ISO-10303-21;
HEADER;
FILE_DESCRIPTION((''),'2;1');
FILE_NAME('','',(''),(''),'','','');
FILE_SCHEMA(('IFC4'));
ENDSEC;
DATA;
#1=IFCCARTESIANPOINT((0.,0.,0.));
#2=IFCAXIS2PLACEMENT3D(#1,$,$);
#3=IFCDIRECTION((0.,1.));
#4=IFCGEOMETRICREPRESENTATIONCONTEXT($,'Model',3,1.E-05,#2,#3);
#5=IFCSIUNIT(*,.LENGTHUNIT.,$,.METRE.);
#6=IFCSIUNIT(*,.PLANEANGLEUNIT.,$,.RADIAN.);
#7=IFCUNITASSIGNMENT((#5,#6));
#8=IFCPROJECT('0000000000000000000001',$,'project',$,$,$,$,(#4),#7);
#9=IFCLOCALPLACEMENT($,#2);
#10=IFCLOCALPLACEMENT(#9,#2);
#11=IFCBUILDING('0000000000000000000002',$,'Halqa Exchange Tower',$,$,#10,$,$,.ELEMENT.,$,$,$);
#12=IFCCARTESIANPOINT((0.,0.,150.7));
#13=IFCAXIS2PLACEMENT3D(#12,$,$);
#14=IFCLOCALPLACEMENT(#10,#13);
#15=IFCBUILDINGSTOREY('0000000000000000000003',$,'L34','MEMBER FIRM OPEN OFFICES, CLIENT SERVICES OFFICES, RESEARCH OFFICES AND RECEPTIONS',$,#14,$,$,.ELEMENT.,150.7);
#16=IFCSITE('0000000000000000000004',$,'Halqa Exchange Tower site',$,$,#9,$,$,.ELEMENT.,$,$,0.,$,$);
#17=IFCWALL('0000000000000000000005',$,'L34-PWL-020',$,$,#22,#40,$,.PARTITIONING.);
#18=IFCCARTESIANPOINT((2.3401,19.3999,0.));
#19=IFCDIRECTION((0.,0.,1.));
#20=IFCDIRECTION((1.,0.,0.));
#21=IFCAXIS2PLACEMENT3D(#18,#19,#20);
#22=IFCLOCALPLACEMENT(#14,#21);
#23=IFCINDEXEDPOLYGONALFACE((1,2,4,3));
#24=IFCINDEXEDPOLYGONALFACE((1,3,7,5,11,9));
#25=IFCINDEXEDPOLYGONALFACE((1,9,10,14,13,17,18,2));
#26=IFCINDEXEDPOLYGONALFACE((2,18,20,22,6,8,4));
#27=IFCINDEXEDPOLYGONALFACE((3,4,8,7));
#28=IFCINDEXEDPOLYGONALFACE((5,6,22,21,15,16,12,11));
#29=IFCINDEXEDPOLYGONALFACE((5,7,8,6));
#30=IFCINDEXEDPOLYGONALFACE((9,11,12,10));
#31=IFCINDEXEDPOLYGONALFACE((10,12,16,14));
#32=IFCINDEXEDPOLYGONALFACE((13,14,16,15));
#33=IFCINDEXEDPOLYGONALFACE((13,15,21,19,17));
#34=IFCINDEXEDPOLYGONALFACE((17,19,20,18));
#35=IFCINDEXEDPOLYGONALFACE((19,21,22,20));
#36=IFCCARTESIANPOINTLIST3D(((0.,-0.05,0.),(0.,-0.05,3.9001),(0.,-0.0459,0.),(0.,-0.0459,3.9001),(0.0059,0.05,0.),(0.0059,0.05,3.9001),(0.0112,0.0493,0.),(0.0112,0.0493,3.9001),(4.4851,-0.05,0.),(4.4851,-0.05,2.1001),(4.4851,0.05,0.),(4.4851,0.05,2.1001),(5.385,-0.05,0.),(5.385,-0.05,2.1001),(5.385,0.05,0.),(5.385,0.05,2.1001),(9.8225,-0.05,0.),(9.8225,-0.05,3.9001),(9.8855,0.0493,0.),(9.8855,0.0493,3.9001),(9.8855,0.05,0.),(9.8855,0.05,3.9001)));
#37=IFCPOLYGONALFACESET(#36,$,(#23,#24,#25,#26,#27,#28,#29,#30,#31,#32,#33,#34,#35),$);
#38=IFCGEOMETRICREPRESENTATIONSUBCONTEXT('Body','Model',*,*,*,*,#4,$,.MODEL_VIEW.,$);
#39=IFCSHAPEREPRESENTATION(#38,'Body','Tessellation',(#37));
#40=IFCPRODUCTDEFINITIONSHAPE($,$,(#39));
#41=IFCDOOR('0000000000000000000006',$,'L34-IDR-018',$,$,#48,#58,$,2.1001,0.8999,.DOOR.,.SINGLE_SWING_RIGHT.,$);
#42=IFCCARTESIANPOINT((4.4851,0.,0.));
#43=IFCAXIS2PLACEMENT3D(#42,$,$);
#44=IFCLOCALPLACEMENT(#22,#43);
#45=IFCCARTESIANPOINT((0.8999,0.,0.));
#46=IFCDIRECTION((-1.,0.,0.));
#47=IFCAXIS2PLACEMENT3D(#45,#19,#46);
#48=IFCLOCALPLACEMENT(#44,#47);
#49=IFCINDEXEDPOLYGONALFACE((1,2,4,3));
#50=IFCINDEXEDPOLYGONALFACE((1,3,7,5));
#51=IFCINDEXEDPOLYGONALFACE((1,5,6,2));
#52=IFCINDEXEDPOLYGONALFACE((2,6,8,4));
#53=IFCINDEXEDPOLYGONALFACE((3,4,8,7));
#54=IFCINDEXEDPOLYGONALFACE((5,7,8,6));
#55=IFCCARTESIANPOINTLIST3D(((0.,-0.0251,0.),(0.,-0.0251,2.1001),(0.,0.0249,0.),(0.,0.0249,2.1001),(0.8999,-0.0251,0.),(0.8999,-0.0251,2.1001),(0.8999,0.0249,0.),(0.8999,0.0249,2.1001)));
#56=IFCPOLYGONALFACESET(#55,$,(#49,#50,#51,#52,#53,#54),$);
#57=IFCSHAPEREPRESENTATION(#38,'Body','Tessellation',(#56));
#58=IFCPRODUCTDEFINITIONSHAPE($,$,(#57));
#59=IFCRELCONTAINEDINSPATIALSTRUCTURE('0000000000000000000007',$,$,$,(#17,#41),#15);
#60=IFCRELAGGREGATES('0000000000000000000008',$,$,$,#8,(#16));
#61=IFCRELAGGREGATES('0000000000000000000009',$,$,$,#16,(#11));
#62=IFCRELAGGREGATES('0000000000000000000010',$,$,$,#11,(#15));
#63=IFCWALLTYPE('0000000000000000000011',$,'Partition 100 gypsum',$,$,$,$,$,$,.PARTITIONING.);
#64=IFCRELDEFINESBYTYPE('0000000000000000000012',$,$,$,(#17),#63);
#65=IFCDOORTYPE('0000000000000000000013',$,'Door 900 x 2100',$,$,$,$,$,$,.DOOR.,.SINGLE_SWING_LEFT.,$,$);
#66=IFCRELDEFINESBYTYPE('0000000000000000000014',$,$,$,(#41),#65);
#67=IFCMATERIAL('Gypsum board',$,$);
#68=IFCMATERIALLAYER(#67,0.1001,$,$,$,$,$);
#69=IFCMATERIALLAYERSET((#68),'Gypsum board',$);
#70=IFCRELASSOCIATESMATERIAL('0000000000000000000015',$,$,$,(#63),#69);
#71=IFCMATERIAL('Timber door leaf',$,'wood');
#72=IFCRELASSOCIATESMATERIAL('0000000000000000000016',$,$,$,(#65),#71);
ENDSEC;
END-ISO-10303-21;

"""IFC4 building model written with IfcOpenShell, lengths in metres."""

from ifc_helpers import new_model, si_unit, direction, frame, frame_2d, origin, place, context, subcontext, project, spatial, polyline, rectangle, outline, extrude, material, layer, layer_set, type_object, element, fill, save


model = new_model("IFC4")

# Units and contexts
model_context = context("Model", 3, precision=1e-05, world=origin(), true_north=direction((0.0, 1.0)))
body_context = subcontext(model_context, "Body", "Model", "MODEL_VIEW")
ifc_project = project(units=[si_unit("LENGTHUNIT", "METRE"), si_unit("PLANEANGLEUNIT", "RADIAN")], contexts=[model_context])

# Site, building, storey
site_placement = place(None, origin())
site = spatial("IfcSite", under=ifc_project, at=site_placement, Name="Halqa Exchange Tower site", CompositionType="ELEMENT", RefElevation=0.0)
building_placement = place(site_placement, origin())
building = spatial("IfcBuilding", under=site, at=building_placement, Name="Halqa Exchange Tower", CompositionType="ELEMENT")
storey_placement = place(building_placement, frame((0.0, 0.0, 150.7)))
storey = spatial("IfcBuildingStorey", under=building, at=storey_placement, Name="L34", Description="MEMBER FIRM OPEN OFFICES, CLIENT SERVICES OFFICES, RESEARCH OFFICES AND RECEPTIONS", CompositionType="ELEMENT", Elevation=150.7)

# Wall, opening, door
ifc_material_1 = material(Name="Gypsum board")
ifc_layer_1 = layer(ifc_material_1, 0.1001)
ifc_layer_set_1 = layer_set([ifc_layer_1], Name="Gypsum board")
wall_type_1 = type_object("IfcWallType", Name="Partition 100 gypsum", PredefinedType="PARTITIONING", material=ifc_layer_set_1)
wall_1_placement = place(storey_placement, frame((2.3401, 19.3999, 0.0), z_axis=(0.0, 0.0, 1.0), x_axis=(1.0, 0.0, 0.0)))
wall_1 = element("IfcWall", 1, at=wall_1_placement, inside=storey, type_object=wall_type_1, Name="L34-PWL-020", PredefinedType="PARTITIONING", context=body_context, shape_type="SweptSolid", body=[
    extrude(outline(polyline([(0.0, -0.05), (1.9646, -0.05), (3.929, -0.05), (5.8936, -0.05), (7.8582, -0.05), (9.8225, -0.05), (9.8855, 0.0493), (9.8855, 0.05), (7.9097, 0.05), (5.9336, 0.05), (3.9578, 0.05), (1.9817, 0.05), (0.0059, 0.05), (0.0112, 0.0493), (0.0, -0.0459), (0.0, -0.05)])), origin(), (0.0, 0.0, 1.0), 3.9001),
])
opening_1_placement = place(wall_1_placement, frame((4.4851, 0.0, 0.0)))
opening_1 = element("IfcOpeningElement", 2, at=opening_1_placement, cuts=wall_1, PredefinedType="OPENING", context=body_context, shape_type="SweptSolid", body=[
    extrude(rectangle(XDim=0.8999, YDim=2.1001, at=frame_2d((0.45, 1.05))), frame((0.0, 0.062, 0.0), z_axis=(0.0, -1.0, 0.0), x_axis=(1.0, 0.0, 0.0)), (0.0, 0.0, 1.0), 0.124),
])
ifc_material_2 = material(Name="Timber door leaf", Category="wood")
door_type_1 = type_object("IfcDoorType", Name="Door 900 x 2100", OperationType="SINGLE_SWING_LEFT", PredefinedType="DOOR", material=ifc_material_2)
door_1_placement = place(opening_1_placement, frame((0.8999, 0.0, 0.0), z_axis=(0.0, 0.0, 1.0), x_axis=(-1.0, 0.0, 0.0)))
door_1 = element("IfcDoor", 3, at=door_1_placement, inside=storey, type_object=door_type_1, Name="L34-IDR-018", OperationType="SINGLE_SWING_RIGHT", OverallHeight=2.1001, OverallWidth=0.8999, PredefinedType="DOOR", context=body_context, shape_type="SweptSolid", body=[
    extrude(rectangle(XDim=0.8999, YDim=2.1001, at=frame_2d((0.45, 1.05))), frame((0.0, 0.0249, 0.0), z_axis=(0.0, -1.0, 0.0), x_axis=(1.0, 0.0, 0.0)), (0.0, 0.0, 1.0), 0.05),
])
fill(opening_1, door_1)

save(model, "model.ifc")
